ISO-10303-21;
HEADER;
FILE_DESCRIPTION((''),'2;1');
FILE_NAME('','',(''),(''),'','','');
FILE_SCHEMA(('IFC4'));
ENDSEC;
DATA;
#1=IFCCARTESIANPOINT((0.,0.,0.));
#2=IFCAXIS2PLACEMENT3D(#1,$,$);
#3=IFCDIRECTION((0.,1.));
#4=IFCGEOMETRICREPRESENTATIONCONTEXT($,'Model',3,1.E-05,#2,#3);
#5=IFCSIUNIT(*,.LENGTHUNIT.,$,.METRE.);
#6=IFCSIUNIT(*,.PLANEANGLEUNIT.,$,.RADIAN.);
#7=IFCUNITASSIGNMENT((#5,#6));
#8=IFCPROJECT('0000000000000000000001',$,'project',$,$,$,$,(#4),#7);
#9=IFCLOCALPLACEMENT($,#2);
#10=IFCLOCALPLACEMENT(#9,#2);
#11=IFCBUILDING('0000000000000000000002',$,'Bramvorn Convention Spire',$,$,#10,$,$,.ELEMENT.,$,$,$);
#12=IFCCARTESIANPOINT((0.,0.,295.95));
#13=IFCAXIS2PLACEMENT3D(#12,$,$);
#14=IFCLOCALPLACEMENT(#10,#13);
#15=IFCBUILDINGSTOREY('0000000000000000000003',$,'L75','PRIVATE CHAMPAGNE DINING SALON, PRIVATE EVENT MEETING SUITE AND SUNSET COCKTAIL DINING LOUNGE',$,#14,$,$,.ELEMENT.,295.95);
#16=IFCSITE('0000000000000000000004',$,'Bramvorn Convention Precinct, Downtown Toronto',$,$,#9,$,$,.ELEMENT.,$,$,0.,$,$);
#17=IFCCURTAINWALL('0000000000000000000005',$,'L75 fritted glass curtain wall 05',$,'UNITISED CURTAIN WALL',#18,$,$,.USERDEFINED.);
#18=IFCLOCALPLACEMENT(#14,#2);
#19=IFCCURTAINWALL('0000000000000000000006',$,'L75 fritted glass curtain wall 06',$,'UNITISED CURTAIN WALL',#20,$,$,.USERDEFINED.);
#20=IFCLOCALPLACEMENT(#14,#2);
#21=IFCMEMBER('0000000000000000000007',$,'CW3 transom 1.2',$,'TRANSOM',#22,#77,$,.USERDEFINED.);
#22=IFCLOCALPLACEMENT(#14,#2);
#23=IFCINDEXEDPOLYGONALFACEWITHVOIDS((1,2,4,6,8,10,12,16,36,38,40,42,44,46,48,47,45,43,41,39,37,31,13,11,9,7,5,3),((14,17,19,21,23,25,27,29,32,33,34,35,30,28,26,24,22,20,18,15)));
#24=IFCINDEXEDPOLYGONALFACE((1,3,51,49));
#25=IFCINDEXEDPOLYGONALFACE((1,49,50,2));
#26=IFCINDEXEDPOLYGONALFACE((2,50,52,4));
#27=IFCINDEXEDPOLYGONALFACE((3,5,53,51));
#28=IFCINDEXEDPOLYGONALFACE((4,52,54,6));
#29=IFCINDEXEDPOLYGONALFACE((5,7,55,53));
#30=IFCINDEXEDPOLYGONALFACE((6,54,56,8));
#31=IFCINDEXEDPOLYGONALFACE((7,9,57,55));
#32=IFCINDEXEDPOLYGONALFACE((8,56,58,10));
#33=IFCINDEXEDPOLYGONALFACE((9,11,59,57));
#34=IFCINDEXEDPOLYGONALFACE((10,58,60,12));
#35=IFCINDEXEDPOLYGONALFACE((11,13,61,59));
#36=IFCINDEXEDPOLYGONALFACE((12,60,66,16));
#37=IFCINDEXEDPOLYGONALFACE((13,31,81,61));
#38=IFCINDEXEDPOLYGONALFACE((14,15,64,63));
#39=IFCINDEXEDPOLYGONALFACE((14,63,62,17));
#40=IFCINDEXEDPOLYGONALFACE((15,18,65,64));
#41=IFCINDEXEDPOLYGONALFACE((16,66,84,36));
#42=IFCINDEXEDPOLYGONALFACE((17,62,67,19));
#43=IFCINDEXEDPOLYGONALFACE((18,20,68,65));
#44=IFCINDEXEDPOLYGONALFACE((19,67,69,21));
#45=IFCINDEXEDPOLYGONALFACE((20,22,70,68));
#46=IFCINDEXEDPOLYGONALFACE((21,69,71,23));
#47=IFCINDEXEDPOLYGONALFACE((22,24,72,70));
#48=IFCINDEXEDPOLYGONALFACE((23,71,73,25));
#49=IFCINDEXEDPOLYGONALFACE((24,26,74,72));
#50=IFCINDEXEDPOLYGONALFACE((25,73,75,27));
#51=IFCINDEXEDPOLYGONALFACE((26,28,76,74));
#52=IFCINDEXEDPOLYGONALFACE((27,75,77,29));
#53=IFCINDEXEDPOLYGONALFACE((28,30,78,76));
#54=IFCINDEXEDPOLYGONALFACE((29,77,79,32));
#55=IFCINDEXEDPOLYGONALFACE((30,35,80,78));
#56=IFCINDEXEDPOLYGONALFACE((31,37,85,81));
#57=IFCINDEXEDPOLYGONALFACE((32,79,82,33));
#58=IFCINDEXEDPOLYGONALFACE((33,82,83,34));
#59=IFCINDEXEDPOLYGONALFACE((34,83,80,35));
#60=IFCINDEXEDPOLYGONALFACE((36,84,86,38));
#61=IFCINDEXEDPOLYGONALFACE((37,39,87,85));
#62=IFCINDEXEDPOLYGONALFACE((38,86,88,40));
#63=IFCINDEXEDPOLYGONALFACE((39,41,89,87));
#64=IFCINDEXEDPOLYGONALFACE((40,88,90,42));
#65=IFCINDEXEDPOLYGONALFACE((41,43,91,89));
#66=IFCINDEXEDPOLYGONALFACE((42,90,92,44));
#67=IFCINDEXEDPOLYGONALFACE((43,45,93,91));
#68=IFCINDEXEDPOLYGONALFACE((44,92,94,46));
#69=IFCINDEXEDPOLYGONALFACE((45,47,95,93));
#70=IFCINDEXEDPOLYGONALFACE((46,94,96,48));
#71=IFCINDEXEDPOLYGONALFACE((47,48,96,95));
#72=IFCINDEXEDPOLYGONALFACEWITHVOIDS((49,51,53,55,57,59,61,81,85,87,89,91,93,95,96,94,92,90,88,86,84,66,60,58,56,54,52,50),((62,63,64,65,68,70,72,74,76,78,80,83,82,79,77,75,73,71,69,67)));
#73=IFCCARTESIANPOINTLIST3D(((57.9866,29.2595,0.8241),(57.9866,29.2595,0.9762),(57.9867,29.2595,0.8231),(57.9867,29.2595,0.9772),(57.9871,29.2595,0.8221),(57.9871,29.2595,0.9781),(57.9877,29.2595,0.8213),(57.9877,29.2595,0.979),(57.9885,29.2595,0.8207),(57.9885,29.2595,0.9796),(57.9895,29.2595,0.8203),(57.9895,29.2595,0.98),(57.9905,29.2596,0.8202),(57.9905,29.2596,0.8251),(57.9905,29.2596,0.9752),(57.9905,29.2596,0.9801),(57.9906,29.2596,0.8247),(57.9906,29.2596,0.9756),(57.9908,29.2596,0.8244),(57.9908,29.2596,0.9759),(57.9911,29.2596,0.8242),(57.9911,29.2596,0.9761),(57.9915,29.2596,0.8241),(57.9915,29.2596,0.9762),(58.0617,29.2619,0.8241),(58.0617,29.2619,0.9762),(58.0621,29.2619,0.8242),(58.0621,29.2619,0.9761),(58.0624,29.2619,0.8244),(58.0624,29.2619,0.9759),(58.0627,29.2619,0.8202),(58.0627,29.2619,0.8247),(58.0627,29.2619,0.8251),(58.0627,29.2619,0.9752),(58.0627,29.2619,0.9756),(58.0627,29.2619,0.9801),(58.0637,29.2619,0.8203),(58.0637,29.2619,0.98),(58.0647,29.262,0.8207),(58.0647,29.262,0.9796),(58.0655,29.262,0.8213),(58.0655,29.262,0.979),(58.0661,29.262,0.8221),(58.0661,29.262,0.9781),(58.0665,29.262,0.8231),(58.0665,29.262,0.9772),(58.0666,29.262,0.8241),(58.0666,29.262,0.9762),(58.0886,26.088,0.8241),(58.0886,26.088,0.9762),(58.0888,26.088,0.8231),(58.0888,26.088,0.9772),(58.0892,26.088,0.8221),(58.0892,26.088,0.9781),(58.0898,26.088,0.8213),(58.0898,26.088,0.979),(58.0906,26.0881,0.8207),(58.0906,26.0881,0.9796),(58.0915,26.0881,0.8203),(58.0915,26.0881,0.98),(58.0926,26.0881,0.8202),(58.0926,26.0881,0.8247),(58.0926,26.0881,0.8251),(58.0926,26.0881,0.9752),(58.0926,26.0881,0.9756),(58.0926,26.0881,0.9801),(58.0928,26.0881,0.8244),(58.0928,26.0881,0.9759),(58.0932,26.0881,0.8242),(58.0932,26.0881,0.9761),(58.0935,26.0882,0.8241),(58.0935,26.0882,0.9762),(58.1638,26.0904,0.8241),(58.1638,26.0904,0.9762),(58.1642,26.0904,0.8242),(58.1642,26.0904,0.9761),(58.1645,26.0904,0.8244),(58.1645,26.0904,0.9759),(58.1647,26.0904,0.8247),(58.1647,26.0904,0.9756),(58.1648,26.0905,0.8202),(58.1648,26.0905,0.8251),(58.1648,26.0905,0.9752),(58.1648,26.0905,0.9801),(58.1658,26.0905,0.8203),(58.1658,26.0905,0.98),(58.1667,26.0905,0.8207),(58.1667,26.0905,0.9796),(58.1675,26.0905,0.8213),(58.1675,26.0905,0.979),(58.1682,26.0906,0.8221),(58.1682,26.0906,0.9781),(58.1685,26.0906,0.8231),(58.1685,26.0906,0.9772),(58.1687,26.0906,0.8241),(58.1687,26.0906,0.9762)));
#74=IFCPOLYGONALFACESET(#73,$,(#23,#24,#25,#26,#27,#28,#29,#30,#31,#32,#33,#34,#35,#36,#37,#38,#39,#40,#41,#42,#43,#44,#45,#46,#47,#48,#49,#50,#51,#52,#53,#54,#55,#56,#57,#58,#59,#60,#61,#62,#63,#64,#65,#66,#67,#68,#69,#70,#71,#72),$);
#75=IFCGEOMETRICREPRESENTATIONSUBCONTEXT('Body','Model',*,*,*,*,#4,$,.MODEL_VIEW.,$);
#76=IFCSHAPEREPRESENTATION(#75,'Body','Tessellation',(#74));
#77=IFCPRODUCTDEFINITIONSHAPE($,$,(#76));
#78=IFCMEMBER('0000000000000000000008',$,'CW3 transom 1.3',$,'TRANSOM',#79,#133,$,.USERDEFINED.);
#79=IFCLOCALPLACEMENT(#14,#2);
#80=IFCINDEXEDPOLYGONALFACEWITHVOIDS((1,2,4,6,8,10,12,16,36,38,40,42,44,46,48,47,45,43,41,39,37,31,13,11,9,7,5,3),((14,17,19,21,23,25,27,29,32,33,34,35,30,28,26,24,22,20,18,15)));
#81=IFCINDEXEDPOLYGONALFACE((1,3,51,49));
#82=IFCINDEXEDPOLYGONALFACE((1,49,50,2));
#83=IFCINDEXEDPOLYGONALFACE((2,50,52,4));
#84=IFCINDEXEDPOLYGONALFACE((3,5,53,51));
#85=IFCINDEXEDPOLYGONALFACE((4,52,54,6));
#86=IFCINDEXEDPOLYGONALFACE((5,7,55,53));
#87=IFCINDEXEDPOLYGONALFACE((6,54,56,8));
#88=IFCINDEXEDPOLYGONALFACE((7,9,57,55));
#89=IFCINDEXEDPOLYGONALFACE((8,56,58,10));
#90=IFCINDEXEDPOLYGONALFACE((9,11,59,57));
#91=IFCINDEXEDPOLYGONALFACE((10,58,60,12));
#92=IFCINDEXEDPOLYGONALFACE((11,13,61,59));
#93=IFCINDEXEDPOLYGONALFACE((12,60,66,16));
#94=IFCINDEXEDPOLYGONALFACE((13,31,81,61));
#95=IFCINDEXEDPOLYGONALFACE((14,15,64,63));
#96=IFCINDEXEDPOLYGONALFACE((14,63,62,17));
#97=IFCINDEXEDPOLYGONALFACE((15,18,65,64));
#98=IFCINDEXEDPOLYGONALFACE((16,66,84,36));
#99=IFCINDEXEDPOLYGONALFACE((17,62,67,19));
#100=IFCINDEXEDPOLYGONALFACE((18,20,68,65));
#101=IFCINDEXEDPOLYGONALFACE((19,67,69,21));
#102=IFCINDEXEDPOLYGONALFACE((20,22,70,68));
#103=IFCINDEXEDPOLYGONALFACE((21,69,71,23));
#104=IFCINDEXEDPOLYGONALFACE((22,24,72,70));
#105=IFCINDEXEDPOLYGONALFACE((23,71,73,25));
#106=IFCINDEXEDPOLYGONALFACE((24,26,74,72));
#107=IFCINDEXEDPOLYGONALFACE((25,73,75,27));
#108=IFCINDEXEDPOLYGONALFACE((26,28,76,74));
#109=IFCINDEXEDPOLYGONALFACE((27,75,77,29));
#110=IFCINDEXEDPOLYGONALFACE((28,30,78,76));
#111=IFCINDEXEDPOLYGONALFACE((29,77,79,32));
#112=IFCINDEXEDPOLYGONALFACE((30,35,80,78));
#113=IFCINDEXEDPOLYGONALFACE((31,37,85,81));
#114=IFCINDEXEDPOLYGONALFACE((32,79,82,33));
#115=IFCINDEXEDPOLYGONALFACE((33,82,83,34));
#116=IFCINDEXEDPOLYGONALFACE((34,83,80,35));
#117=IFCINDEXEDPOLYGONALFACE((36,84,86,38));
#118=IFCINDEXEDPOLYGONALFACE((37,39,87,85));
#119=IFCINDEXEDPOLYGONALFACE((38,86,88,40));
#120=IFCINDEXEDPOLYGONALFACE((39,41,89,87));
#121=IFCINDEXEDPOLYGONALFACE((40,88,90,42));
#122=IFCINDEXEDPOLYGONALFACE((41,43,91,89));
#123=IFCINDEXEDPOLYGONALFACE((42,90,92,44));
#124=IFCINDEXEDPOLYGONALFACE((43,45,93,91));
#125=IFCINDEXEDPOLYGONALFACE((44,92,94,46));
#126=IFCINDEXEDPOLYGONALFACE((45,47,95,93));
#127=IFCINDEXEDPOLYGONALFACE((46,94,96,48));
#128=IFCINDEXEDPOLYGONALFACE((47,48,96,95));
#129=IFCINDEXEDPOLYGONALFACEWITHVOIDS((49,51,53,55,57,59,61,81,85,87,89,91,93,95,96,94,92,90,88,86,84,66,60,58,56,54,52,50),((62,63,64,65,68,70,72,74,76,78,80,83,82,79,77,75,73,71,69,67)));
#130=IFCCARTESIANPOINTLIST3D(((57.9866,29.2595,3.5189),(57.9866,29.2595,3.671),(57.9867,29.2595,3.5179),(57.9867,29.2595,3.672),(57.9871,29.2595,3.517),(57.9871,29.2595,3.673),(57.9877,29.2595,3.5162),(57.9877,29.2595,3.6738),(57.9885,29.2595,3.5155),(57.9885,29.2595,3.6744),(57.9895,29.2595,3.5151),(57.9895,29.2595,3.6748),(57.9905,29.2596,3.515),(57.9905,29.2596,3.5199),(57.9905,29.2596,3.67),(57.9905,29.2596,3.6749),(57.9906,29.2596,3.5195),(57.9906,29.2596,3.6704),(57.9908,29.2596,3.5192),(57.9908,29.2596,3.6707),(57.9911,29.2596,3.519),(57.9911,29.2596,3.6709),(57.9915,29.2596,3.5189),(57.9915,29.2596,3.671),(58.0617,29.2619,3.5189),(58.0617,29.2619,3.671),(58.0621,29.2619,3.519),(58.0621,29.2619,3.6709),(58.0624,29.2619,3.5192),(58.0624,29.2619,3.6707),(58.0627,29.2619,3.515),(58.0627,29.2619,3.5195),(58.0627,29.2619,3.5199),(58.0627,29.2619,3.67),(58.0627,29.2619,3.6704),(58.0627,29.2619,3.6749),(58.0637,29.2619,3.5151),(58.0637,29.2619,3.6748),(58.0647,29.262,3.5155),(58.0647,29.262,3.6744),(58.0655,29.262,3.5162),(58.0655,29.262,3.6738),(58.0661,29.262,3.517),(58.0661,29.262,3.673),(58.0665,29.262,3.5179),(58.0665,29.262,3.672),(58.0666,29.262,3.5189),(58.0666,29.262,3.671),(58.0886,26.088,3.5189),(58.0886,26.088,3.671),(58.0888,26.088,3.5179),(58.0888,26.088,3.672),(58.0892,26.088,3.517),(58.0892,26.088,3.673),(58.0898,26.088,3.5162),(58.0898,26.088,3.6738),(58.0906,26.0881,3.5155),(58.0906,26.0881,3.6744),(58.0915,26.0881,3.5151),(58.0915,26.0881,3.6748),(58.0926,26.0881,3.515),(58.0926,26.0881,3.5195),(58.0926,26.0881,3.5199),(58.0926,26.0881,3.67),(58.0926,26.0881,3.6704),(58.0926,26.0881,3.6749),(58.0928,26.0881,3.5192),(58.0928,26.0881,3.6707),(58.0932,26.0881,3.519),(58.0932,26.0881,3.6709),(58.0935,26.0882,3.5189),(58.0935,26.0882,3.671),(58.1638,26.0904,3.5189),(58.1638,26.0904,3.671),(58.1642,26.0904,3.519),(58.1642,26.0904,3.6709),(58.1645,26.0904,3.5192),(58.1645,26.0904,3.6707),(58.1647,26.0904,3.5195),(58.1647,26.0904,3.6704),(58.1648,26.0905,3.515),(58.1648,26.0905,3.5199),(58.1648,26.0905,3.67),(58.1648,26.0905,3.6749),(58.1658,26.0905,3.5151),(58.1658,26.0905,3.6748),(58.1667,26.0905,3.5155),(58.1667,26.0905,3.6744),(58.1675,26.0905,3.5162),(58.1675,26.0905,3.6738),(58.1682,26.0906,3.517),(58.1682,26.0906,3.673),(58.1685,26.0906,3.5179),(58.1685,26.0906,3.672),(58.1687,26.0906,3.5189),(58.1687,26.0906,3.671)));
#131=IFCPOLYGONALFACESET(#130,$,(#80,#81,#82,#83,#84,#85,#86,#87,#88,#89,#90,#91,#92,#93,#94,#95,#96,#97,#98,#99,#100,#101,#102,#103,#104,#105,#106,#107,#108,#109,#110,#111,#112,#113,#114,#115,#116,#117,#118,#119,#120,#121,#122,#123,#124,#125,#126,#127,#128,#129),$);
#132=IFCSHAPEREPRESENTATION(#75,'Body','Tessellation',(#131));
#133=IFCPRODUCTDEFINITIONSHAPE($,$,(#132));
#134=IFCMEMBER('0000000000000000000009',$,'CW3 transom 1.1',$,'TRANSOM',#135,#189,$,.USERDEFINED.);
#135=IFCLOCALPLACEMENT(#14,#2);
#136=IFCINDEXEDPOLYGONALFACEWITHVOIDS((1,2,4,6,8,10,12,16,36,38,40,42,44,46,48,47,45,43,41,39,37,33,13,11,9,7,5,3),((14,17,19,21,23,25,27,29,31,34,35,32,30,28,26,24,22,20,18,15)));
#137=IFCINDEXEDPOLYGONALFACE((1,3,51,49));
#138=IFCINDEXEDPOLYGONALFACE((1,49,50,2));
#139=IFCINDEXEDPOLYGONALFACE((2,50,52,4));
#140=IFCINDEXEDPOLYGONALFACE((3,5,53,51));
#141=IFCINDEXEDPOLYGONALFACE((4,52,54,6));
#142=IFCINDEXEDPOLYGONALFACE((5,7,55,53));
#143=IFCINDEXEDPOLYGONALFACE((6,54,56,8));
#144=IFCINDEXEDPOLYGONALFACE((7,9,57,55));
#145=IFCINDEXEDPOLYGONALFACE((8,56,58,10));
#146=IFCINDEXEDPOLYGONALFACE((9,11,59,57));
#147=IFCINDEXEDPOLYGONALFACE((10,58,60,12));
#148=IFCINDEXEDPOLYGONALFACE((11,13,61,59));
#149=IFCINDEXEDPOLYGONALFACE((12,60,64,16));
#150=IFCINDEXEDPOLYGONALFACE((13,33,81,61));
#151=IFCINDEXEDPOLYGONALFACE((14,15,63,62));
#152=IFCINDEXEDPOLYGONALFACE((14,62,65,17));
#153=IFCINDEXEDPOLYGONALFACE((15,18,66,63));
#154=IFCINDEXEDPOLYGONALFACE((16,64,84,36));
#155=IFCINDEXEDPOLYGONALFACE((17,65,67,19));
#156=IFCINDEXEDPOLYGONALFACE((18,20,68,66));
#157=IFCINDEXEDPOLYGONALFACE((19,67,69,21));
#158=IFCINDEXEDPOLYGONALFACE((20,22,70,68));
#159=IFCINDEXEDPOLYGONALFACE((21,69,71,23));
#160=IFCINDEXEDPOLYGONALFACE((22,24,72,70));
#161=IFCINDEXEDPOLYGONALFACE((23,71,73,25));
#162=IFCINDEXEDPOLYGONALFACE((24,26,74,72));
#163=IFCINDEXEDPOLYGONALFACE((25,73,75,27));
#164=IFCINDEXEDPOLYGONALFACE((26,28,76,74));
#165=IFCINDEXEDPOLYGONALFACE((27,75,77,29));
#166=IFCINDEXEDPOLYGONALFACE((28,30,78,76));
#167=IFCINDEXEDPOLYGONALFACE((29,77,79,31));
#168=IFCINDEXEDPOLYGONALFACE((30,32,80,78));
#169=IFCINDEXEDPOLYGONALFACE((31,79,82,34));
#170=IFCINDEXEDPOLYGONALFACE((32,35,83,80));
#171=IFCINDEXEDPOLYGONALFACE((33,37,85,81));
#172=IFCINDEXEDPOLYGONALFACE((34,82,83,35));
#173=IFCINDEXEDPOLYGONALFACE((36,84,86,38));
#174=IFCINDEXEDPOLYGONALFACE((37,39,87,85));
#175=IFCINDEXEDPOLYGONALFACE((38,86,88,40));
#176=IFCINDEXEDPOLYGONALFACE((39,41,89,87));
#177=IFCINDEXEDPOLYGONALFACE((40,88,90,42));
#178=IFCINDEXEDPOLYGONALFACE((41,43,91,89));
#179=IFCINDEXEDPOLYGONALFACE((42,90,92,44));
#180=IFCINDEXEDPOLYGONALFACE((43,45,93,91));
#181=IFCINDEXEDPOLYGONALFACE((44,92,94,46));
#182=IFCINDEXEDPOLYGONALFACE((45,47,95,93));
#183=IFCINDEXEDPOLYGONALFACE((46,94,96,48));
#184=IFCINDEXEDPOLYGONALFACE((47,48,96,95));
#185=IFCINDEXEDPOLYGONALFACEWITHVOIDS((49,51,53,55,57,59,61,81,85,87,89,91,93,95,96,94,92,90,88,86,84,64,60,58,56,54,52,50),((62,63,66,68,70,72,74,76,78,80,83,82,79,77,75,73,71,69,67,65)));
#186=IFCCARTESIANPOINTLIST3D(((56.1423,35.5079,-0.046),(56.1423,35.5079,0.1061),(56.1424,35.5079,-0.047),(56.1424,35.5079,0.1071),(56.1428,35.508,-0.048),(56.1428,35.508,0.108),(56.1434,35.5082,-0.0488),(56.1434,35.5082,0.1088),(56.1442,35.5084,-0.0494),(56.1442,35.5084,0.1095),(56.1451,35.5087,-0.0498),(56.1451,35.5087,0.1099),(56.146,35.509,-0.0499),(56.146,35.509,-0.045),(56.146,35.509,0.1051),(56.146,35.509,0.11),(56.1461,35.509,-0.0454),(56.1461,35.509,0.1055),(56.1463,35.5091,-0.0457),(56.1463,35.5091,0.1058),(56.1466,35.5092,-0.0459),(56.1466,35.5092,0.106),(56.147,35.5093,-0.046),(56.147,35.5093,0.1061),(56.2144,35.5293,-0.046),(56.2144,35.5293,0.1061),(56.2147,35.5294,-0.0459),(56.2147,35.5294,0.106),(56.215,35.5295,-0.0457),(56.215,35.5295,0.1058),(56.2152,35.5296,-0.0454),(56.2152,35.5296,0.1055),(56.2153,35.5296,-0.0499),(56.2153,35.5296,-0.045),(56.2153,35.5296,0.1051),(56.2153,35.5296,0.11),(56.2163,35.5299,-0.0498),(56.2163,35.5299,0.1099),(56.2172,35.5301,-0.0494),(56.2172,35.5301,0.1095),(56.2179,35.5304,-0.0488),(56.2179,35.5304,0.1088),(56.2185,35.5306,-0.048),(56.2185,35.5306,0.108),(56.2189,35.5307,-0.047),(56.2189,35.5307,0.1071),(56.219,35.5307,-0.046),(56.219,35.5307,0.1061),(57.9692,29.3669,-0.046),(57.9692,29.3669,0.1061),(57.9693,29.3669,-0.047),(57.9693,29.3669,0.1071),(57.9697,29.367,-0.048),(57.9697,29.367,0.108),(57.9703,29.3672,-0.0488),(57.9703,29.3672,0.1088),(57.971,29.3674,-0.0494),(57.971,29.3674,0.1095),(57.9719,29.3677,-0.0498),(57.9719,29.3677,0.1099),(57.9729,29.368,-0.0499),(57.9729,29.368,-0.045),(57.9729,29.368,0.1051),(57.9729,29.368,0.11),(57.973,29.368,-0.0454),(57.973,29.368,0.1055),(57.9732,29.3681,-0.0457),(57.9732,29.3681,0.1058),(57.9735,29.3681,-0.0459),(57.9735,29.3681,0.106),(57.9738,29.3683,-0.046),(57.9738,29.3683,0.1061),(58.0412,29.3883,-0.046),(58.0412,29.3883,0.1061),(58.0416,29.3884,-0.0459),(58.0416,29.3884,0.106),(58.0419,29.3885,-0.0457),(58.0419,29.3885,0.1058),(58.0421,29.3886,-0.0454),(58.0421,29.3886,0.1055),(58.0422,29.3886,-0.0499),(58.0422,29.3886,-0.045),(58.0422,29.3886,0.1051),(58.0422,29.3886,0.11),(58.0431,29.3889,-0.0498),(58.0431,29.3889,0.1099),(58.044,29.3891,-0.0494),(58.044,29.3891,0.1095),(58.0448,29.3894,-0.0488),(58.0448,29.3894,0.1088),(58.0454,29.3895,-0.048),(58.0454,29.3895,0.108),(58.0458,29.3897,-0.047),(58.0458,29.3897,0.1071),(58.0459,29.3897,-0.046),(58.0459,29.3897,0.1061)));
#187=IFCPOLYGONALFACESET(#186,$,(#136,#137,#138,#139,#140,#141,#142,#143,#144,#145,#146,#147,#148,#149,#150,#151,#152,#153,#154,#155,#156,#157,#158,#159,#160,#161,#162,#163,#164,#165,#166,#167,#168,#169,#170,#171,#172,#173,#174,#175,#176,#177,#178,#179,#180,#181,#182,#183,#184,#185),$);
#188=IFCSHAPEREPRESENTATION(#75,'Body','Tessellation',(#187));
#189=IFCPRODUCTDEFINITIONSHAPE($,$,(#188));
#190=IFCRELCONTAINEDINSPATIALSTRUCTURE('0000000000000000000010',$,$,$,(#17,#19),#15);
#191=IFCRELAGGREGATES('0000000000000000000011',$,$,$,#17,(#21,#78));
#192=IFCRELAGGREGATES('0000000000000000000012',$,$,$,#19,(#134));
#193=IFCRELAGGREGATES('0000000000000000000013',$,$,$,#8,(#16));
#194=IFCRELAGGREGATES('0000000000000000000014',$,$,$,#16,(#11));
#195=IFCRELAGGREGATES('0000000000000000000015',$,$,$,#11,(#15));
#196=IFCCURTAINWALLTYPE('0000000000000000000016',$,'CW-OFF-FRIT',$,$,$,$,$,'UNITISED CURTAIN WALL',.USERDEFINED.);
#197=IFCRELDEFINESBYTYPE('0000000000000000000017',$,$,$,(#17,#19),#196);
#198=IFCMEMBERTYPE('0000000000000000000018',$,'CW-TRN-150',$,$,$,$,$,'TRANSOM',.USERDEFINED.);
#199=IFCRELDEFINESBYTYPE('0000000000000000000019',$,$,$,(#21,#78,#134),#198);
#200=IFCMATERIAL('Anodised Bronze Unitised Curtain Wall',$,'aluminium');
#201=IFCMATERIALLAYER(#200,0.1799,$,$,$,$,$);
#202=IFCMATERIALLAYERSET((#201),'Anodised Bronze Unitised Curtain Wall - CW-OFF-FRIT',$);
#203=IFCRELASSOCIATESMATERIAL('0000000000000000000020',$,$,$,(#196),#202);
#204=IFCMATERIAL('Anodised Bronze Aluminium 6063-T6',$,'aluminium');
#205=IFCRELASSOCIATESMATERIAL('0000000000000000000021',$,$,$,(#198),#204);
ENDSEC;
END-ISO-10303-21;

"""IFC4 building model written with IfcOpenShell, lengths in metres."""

from ifc_helpers import new_model, si_unit, direction, frame, origin, origin_2d, place, context, subcontext, project, spatial, hollow_rectangle, extrude, material, layer, layer_set, material_profile, profile_set, type_object, element, aggregate, save


model = new_model("IFC4")

# Units and contexts
model_context = context("Model", 3, precision=1e-05, world=origin(), true_north=direction((0.0, 1.0)))
body_context = subcontext(model_context, "Body", "Model", "MODEL_VIEW")
ifc_project = project(units=[si_unit("LENGTHUNIT", "METRE"), si_unit("PLANEANGLEUNIT", "RADIAN")], contexts=[model_context])

# Site, building, storey
site_placement = place(None, origin())
site = spatial("IfcSite", under=ifc_project, at=site_placement, Name="Bramvorn Convention Precinct, Downtown Toronto", CompositionType="ELEMENT", RefElevation=0.0)
building_placement = place(site_placement, origin())
building = spatial("IfcBuilding", under=site, at=building_placement, Name="Bramvorn Convention Spire", CompositionType="ELEMENT")
storey_placement = place(building_placement, frame((0.0, 0.0, 295.95)))
storey = spatial("IfcBuildingStorey", under=building, at=storey_placement, Name="L75", Description="PRIVATE CHAMPAGNE DINING SALON, PRIVATE EVENT MEETING SUITE AND SUNSET COCKTAIL DINING LOUNGE", CompositionType="ELEMENT", Elevation=295.95)

# Curtain wall
ifc_material_1 = material(Name="Anodised Bronze Unitised Curtain Wall", Category="aluminium")
ifc_layer_1 = layer(ifc_material_1, 0.1799)
ifc_layer_set_1 = layer_set([ifc_layer_1], Name="Anodised Bronze Unitised Curtain Wall - CW-OFF-FRIT")
curtain_wall_type = type_object("IfcCurtainWallType", Name="CW-OFF-FRIT", ElementType="UNITISED CURTAIN WALL", PredefinedType="USERDEFINED", material=ifc_layer_set_1)
curtain_wall_1_placement = place(storey_placement, origin())
curtain_wall_1 = element("IfcCurtainWall", 1, at=curtain_wall_1_placement, inside=storey, type_object=curtain_wall_type, Name="L75 fritted glass curtain wall 05", ObjectType="UNITISED CURTAIN WALL", PredefinedType="USERDEFINED")
ifc_material_2 = material(Name="Anodised Bronze Aluminium 6063-T6", Category="aluminium")

# Curtain wall
curtain_wall_2_placement = place(storey_placement, origin())
curtain_wall_2 = element("IfcCurtainWall", 2, at=curtain_wall_2_placement, inside=storey, type_object=curtain_wall_type, Name="L75 fritted glass curtain wall 06", ObjectType="UNITISED CURTAIN WALL", PredefinedType="USERDEFINED")

# Members
ifc_material_profile_1 = material_profile(ifc_material_2, hollow_rectangle(XDim=0.0801, YDim=0.1599, WallThickness=0.0039, InnerFilletRadius=0.001, OuterFilletRadius=0.0039, at=origin_2d()))
ifc_profile_set_1 = profile_set([ifc_material_profile_1], Name="Anodised Bronze Aluminium 6063-T6 - CWT80X160")
member_type_1 = type_object("IfcMemberType", Name="CW-TRN-150", ElementType="TRANSOM", PredefinedType="USERDEFINED", material=ifc_profile_set_1)
member_1_placement = place(storey_placement, frame((58.0266, 29.2607, 0.9001), z_axis=(0.032162, -0.999483, 0.0), x_axis=(0.999483, 0.032162, 0.0)))
member_1 = element("IfcMember", 3, at=member_1_placement, type_object=member_type_1, Name="CW3 transom 1.2", ObjectType="TRANSOM", PredefinedType="USERDEFINED", context=body_context, shape_type="SweptSolid", body=[
    extrude(hollow_rectangle(XDim=0.0801, YDim=0.1599, WallThickness=0.0039, InnerFilletRadius=0.001, OuterFilletRadius=0.0039, at=origin_2d()), origin(), (0.0, 0.0, 1.0), 3.1731),
])
member_2_placement = place(storey_placement, frame((58.0266, 29.2607, 3.595), z_axis=(0.032162, -0.999483, 0.0), x_axis=(0.999483, 0.032162, 0.0)))
member_2 = element("IfcMember", 4, at=member_2_placement, type_object=member_type_1, Name="CW3 transom 1.3", ObjectType="TRANSOM", PredefinedType="USERDEFINED", context=body_context, shape_type="SweptSolid", body=[
    extrude(hollow_rectangle(XDim=0.0801, YDim=0.1599, WallThickness=0.0039, InnerFilletRadius=0.001, OuterFilletRadius=0.0039, at=origin_2d()), origin(), (0.0, 0.0, 1.0), 3.1731),
])
aggregate(curtain_wall_1, [member_1, member_2])
member_3_placement = place(storey_placement, frame((56.1807, 35.5193, 0.03), z_axis=(0.285138, -0.958487, 0.0), x_axis=(0.958487, 0.285138, 0.0)))
member_3 = element("IfcMember", 5, at=member_3_placement, type_object=member_type_1, Name="CW3 transom 1.1", ObjectType="TRANSOM", PredefinedType="USERDEFINED", context=body_context, shape_type="SweptSolid", body=[
    extrude(hollow_rectangle(XDim=0.0801, YDim=0.1599, WallThickness=0.0039, InnerFilletRadius=0.001, OuterFilletRadius=0.0039, at=origin_2d()), origin(), (0.0, 0.0, 1.0), 6.407),
])

aggregate(curtain_wall_2, [member_3])

save(model, "model.ifc")
